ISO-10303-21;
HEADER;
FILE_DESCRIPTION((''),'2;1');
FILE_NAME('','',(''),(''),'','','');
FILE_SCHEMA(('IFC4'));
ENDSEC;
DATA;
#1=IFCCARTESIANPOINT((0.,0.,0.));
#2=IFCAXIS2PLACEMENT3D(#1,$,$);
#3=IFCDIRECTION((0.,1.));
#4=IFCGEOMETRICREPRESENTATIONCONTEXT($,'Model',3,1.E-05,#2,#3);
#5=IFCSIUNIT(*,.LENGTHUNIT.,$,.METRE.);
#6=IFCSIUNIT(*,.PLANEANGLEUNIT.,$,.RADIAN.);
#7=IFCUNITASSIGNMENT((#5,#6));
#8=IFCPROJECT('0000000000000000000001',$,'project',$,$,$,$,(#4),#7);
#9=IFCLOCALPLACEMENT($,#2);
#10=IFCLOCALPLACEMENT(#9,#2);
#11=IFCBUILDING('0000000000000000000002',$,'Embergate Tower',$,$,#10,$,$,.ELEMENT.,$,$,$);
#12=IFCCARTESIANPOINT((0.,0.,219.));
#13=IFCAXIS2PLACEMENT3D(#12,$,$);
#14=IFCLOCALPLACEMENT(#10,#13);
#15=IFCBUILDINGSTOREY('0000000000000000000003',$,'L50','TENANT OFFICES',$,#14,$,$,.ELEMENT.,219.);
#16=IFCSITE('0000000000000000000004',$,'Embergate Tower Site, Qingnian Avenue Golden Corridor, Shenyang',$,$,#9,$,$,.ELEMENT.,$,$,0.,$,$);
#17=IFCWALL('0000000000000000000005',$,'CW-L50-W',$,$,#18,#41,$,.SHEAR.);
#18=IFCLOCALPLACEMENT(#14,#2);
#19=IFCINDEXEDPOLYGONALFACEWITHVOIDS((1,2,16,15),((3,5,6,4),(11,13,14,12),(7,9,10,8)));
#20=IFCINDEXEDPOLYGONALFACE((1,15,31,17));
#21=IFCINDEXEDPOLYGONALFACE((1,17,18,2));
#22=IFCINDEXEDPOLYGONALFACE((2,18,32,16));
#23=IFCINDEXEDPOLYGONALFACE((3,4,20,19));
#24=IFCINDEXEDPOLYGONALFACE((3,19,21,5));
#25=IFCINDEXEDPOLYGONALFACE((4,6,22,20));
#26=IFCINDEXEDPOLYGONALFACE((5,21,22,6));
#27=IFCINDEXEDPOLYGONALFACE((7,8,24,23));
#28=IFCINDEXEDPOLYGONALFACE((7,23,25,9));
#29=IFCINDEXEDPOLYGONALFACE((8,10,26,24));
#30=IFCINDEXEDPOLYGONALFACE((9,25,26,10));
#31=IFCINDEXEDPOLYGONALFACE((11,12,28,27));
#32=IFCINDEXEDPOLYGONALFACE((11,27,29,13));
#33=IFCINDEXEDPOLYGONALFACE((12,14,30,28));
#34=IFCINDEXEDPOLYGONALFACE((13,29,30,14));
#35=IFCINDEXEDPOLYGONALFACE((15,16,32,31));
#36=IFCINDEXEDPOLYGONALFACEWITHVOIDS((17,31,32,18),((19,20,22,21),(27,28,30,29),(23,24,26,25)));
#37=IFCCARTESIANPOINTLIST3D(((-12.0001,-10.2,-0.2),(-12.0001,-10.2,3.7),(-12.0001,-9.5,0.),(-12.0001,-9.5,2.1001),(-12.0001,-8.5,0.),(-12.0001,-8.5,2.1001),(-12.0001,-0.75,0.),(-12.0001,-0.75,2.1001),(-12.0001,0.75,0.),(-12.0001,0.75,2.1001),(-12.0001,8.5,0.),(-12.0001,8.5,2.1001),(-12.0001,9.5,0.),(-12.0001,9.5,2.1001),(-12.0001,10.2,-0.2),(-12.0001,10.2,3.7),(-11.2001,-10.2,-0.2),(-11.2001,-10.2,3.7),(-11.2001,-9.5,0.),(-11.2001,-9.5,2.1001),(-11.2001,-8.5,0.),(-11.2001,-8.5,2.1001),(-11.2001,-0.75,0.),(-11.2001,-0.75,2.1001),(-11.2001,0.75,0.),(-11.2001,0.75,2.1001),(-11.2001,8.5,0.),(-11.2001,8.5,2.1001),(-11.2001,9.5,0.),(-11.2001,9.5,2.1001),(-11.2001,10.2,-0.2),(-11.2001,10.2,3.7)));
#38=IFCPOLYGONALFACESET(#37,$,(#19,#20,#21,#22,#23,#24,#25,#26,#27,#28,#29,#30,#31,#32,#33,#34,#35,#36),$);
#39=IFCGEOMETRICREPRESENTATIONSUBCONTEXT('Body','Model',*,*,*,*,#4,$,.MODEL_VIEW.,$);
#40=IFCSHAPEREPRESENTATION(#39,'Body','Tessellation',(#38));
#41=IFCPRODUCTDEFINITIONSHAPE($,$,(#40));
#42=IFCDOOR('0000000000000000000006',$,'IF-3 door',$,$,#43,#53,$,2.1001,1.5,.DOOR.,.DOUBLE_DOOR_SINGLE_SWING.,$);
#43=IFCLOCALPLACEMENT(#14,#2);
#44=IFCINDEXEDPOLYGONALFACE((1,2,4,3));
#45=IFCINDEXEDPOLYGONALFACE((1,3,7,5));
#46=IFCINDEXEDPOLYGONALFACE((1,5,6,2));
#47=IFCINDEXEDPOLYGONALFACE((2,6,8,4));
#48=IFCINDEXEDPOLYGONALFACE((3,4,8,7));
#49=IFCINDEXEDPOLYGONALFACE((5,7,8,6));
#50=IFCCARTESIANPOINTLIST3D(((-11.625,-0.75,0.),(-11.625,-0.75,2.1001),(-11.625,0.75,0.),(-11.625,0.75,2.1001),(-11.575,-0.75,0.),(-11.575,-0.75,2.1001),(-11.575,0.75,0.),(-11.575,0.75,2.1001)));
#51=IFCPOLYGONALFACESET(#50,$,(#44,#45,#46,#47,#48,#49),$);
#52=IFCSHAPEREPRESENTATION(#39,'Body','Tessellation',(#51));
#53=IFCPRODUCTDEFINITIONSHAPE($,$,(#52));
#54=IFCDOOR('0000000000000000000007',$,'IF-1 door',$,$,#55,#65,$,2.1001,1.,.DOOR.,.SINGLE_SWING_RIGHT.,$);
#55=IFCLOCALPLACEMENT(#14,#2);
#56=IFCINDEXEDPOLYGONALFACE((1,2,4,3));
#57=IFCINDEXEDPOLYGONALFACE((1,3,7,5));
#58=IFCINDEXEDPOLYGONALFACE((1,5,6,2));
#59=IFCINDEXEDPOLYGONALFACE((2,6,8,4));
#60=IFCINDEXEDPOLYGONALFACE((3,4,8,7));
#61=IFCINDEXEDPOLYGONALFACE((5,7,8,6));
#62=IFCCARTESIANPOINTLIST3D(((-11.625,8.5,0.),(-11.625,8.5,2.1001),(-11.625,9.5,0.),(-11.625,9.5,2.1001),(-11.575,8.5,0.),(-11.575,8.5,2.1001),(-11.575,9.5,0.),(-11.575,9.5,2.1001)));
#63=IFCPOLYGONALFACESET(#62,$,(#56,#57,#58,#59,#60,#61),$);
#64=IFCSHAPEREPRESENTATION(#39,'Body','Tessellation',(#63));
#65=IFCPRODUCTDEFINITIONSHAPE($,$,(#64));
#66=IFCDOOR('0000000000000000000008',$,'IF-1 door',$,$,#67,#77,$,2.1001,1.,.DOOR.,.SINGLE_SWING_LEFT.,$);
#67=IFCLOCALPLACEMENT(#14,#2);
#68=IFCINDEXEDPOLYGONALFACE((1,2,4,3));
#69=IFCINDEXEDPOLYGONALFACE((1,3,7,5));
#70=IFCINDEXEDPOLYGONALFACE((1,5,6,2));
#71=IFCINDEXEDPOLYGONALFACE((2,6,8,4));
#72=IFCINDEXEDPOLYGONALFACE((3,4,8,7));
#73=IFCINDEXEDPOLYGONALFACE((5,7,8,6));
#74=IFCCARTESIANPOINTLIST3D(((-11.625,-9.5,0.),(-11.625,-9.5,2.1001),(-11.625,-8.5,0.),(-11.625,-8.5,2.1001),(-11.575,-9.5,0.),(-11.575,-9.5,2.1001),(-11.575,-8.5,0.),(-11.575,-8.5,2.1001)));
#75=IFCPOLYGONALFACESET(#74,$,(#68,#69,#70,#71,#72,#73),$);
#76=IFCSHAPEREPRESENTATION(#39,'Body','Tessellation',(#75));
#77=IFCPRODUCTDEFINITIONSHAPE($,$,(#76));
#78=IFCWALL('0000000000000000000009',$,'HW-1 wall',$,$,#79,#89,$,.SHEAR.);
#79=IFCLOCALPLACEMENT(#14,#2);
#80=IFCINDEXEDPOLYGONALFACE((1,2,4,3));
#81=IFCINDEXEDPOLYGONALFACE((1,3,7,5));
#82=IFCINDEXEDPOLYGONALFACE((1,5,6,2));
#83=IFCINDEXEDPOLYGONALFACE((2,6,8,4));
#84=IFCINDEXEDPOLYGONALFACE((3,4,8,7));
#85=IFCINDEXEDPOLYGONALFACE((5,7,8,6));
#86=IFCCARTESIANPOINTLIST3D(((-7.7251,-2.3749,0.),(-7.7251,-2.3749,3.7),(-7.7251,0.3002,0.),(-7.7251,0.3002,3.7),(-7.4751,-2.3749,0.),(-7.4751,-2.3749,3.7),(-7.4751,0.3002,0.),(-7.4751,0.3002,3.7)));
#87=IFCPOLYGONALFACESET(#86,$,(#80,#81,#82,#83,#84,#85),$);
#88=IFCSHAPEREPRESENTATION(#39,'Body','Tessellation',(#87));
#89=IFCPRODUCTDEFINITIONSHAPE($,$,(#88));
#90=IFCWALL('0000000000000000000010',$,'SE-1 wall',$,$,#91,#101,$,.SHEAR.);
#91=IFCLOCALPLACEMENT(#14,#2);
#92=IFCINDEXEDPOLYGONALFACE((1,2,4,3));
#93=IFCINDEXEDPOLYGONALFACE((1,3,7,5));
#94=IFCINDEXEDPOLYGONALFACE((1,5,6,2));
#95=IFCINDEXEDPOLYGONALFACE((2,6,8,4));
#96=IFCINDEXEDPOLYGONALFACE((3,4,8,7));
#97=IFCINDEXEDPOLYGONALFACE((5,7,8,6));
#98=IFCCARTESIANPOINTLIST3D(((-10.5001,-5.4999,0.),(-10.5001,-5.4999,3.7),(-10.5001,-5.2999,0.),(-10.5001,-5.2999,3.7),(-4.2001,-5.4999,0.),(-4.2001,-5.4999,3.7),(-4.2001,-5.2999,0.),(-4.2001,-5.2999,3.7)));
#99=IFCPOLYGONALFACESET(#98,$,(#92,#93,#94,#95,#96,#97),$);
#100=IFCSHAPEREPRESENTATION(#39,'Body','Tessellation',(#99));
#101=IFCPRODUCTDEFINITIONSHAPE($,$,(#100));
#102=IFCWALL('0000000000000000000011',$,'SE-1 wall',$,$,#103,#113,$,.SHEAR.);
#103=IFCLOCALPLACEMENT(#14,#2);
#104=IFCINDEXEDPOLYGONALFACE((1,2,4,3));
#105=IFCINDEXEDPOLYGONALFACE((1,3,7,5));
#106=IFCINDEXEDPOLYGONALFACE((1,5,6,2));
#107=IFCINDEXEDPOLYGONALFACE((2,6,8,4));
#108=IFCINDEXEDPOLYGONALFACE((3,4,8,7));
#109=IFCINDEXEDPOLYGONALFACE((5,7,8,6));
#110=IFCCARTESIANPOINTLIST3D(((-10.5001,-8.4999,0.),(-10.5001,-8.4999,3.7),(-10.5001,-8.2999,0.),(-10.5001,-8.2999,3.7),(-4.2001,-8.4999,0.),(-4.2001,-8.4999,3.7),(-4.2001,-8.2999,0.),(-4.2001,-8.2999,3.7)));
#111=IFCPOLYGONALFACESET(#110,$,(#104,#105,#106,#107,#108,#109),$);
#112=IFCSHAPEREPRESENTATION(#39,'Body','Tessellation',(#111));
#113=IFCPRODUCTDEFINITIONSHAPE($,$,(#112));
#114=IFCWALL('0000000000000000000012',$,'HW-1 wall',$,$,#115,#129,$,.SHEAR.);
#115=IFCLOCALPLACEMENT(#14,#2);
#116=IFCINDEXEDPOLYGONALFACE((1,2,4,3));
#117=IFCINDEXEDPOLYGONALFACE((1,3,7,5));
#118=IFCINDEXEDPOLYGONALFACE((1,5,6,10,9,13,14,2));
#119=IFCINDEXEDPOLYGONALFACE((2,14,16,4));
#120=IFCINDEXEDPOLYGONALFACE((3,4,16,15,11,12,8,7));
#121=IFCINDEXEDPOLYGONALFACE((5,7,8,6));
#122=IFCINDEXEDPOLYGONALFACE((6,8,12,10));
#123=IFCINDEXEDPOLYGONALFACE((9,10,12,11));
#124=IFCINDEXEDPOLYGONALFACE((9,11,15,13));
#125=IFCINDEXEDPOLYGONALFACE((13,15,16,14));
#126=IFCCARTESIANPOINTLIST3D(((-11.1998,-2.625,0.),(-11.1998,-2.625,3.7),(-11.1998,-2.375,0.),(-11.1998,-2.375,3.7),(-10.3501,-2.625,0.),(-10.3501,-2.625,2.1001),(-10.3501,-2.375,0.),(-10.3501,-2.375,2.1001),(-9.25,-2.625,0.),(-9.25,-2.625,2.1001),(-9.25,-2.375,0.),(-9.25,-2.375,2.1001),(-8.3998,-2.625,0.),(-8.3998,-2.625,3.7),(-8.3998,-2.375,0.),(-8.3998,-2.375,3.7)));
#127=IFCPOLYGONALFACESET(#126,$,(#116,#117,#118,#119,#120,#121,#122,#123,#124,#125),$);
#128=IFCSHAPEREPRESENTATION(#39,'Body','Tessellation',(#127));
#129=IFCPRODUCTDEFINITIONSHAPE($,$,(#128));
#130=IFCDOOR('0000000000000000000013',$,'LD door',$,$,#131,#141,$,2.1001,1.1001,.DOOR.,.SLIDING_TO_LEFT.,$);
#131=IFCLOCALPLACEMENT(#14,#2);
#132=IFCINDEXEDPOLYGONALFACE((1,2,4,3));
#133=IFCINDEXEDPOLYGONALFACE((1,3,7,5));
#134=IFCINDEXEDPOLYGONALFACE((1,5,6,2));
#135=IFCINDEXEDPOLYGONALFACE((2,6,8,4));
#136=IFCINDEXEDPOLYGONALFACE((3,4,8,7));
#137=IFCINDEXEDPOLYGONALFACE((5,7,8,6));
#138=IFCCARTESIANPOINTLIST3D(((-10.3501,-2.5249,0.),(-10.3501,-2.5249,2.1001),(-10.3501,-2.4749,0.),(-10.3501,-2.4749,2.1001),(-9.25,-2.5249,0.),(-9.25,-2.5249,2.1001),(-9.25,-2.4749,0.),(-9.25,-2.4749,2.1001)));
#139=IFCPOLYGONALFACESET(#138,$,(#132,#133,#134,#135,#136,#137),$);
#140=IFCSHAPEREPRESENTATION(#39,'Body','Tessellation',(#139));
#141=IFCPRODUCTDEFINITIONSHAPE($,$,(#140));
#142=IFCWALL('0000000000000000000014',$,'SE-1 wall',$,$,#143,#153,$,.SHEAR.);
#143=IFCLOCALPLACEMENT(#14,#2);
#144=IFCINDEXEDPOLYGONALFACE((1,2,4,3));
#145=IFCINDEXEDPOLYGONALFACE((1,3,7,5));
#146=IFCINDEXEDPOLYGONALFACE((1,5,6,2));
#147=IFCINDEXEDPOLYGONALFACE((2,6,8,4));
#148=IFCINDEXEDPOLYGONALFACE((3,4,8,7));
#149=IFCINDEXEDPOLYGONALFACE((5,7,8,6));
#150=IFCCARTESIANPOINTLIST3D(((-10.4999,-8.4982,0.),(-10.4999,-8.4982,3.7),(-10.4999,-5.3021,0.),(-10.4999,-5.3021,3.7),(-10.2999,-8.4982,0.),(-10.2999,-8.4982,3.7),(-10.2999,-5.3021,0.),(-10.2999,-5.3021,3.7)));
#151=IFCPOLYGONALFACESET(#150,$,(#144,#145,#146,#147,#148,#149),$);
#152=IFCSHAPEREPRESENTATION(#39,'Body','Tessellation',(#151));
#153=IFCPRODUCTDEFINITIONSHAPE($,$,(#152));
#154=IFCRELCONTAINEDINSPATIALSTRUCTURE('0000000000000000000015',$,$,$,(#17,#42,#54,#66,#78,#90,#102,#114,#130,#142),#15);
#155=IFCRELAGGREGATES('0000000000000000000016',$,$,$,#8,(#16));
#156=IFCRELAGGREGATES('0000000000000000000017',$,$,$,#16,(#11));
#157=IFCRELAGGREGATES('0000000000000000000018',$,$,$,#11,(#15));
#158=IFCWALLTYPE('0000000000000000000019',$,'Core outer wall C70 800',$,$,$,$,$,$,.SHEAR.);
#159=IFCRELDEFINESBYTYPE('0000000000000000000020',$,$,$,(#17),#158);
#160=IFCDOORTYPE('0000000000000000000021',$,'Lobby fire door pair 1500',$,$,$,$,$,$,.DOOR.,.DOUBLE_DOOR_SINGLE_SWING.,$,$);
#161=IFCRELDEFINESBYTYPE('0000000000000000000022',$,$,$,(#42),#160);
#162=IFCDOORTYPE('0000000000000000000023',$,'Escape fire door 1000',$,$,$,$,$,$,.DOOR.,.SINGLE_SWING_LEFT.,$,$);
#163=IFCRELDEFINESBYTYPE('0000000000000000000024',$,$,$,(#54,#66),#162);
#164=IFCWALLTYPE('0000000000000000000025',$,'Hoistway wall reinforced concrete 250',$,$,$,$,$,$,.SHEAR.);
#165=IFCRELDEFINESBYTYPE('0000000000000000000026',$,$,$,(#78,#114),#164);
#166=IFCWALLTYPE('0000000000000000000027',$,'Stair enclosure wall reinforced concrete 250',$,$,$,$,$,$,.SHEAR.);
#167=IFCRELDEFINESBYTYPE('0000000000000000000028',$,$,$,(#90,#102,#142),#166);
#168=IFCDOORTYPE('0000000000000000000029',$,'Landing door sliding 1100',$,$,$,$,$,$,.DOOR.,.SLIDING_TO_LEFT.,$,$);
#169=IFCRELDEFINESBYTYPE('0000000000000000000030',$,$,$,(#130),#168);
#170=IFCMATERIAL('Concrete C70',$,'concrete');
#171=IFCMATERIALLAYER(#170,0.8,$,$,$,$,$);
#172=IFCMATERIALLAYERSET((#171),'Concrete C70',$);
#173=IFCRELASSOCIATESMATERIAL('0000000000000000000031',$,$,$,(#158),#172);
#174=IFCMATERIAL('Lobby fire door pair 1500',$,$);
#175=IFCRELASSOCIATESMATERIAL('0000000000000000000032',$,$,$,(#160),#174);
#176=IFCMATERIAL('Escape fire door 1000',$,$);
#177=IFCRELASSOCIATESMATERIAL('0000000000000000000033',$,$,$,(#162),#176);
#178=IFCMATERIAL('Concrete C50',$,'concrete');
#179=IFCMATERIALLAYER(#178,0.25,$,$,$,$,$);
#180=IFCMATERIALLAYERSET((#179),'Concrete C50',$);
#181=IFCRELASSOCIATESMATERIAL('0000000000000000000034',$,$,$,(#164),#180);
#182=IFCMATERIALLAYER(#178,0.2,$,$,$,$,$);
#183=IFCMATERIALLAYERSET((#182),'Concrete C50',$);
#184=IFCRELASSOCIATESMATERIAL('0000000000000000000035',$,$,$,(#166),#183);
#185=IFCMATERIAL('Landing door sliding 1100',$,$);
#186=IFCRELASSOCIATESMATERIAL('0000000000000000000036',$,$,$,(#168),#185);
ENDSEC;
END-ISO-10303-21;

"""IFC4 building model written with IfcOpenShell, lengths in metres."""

from ifc_helpers import new_model, si_unit, direction, frame, frame_2d, origin, place, context, subcontext, project, spatial, rectangle, extrude, source, transform, mapped, material, layer, layer_set, type_object, element, fill, save


model = new_model("IFC4")

# Units and contexts
model_context = context("Model", 3, precision=1e-05, world=origin(), true_north=direction((0.0, 1.0)))
body_context = subcontext(model_context, "Body", "Model", "MODEL_VIEW")
ifc_project = project(units=[si_unit("LENGTHUNIT", "METRE"), si_unit("PLANEANGLEUNIT", "RADIAN")], contexts=[model_context])

# Site, building, storey
site_placement = place(None, origin())
site = spatial("IfcSite", under=ifc_project, at=site_placement, Name="Embergate Tower Site, Qingnian Avenue Golden Corridor, Shenyang", CompositionType="ELEMENT", RefElevation=0.0)
building_placement = place(site_placement, origin())
building = spatial("IfcBuilding", under=site, at=building_placement, Name="Embergate Tower", CompositionType="ELEMENT")
storey_placement = place(building_placement, frame((0.0, 0.0, 219.0)))
storey = spatial("IfcBuildingStorey", under=building, at=storey_placement, Name="L50", Description="TENANT OFFICES", CompositionType="ELEMENT", Elevation=219.0)

# Wall, openings, doors
ifc_material_1 = material(Name="Concrete C70", Category="concrete")
ifc_layer_1 = layer(ifc_material_1, 0.8)
ifc_layer_set_1 = layer_set([ifc_layer_1], Name="Concrete C70")
wall_type_1 = type_object("IfcWallType", Name="Core outer wall C70 800", PredefinedType="SHEAR", material=ifc_layer_set_1)
shared_shape_1 = source(origin(), body_context, "Body", "SweptSolid", [
    extrude(rectangle(XDim=20.3999, YDim=0.8, at=frame_2d((10.2, 0.0))), origin(), (0.0, 0.0, 1.0), 3.8999),
])
wall_1_placement = place(storey_placement, frame((-11.6001, -10.2, -0.2), z_axis=(0.0, 0.0, 1.0), x_axis=(0.0, 1.0, 0.0)))
wall_1 = element("IfcWall", 1, at=wall_1_placement, inside=storey, type_object=wall_type_1, Name="CW-L50-W", PredefinedType="SHEAR", context=body_context, shape_type="MappedRepresentation", body=[
    mapped(shared_shape_1, transform((0.0, 0.0, 0.0))),
])
shared_shape_2 = source(origin(), body_context, "Body", "SweptSolid", [
    extrude(rectangle(XDim=1.0, YDim=2.1001, at=frame_2d((0.5, 1.05))), frame((0.0, 0.4099, 0.0), z_axis=(0.0, -1.0, 0.0), x_axis=(1.0, 0.0, 0.0)), (0.0, 0.0, 1.0), 0.8201),
])
opening_1_placement = place(wall_1_placement, frame((18.7, 0.0, 0.2)))
opening_1 = element("IfcOpeningElement", 2, at=opening_1_placement, cuts=wall_1, PredefinedType="OPENING", context=body_context, shape_type="MappedRepresentation", body=[
    mapped(shared_shape_2, transform((0.0, 0.0, 0.0))),
])
opening_2_placement = place(wall_1_placement, frame((0.7, 0.0, 0.2)))
opening_2 = element("IfcOpeningElement", 3, at=opening_2_placement, cuts=wall_1, PredefinedType="OPENING", context=body_context, shape_type="MappedRepresentation", body=[
    mapped(shared_shape_2, transform((0.0, 0.0, 0.0))),
])
shared_shape_3 = source(origin(), body_context, "Body", "SweptSolid", [
    extrude(rectangle(XDim=1.5, YDim=2.1001, at=frame_2d((0.75, 1.05))), frame((0.0, 0.4099, 0.0), z_axis=(0.0, -1.0, 0.0), x_axis=(1.0, 0.0, 0.0)), (0.0, 0.0, 1.0), 0.8201),
])
opening_3_placement = place(wall_1_placement, frame((9.45, 0.0, 0.2)))
opening_3 = element("IfcOpeningElement", 4, at=opening_3_placement, cuts=wall_1, PredefinedType="OPENING", context=body_context, shape_type="MappedRepresentation", body=[
    mapped(shared_shape_3, transform((0.0, 0.0, 0.0))),
])
ifc_material_2 = material(Name="Lobby fire door pair 1500")
door_type_1 = type_object("IfcDoorType", Name="Lobby fire door pair 1500", OperationType="DOUBLE_DOOR_SINGLE_SWING", PredefinedType="DOOR", material=ifc_material_2)
shared_shape_4 = source(origin(), body_context, "Body", "SweptSolid", [
    extrude(rectangle(XDim=1.5, YDim=2.1001, at=frame_2d((0.75, 1.05))), frame((0.0, 0.0249, 0.0), z_axis=(0.0, -1.0, 0.0), x_axis=(1.0, 0.0, 0.0)), (0.0, 0.0, 1.0), 0.05),
])
door_1_placement = place(opening_3_placement, origin())
door_1 = element("IfcDoor", 5, at=door_1_placement, inside=storey, type_object=door_type_1, Name="IF-3 door", OperationType="DOUBLE_DOOR_SINGLE_SWING", OverallHeight=2.1001, OverallWidth=1.5, PredefinedType="DOOR", context=body_context, shape_type="MappedRepresentation", body=[
    mapped(shared_shape_4, transform((0.0, 0.0, 0.0))),
])
fill(opening_3, door_1)
ifc_material_3 = material(Name="Escape fire door 1000")
door_type_2 = type_object("IfcDoorType", Name="Escape fire door 1000", OperationType="SINGLE_SWING_LEFT", PredefinedType="DOOR", material=ifc_material_3)
shared_shape_5 = source(origin(), body_context, "Body", "SweptSolid", [
    extrude(rectangle(XDim=1.0, YDim=2.1001, at=frame_2d((0.5, 1.05))), frame((0.0, 0.0249, 0.0), z_axis=(0.0, -1.0, 0.0), x_axis=(1.0, 0.0, 0.0)), (0.0, 0.0, 1.0), 0.05),
])
door_2_placement = place(opening_1_placement, origin())
door_2 = element("IfcDoor", 6, at=door_2_placement, inside=storey, type_object=door_type_2, Name="IF-1 door", OperationType="SINGLE_SWING_RIGHT", OverallHeight=2.1001, OverallWidth=1.0, PredefinedType="DOOR", context=body_context, shape_type="MappedRepresentation", body=[
    mapped(shared_shape_5, transform((0.0, 0.0, 0.0))),
])
fill(opening_1, door_2)
door_3_placement = place(opening_2_placement, origin())
door_3 = element("IfcDoor", 7, at=door_3_placement, inside=storey, type_object=door_type_2, Name="IF-1 door", OperationType="SINGLE_SWING_LEFT", OverallHeight=2.1001, OverallWidth=1.0, PredefinedType="DOOR", context=body_context, shape_type="MappedRepresentation", body=[
    mapped(shared_shape_5, transform((0.0, 0.0, 0.0))),
])
fill(opening_2, door_3)

# Walls
ifc_material_4 = material(Name="Concrete C50", Category="concrete")
ifc_layer_2 = layer(ifc_material_4, 0.25)
ifc_layer_set_2 = layer_set([ifc_layer_2], Name="Concrete C50")
wall_type_2 = type_object("IfcWallType", Name="Hoistway wall reinforced concrete 250", PredefinedType="SHEAR", material=ifc_layer_set_2)
shared_shape_6 = source(origin(), body_context, "Body", "SweptSolid", [
    extrude(rectangle(XDim=2.675, YDim=0.25, at=frame_2d((1.3374, 0.0))), origin(), (0.0, 0.0, 1.0), 3.7),
])
wall_2_placement = place(storey_placement, frame((-7.6001, 0.3, 0.0), z_axis=(0.0, 0.0, 1.0), x_axis=(0.0, -1.0, 0.0)))
element("IfcWall", 8, at=wall_2_placement, inside=storey, type_object=wall_type_2, Name="HW-1 wall", PredefinedType="SHEAR", context=body_context, shape_type="MappedRepresentation", body=[
    mapped(shared_shape_6, transform((0.0, 0.0, 0.0))),
])
ifc_layer_3 = layer(ifc_material_4, 0.2)
ifc_layer_set_3 = layer_set([ifc_layer_3], Name="Concrete C50")
wall_type_3 = type_object("IfcWallType", Name="Stair enclosure wall reinforced concrete 250", PredefinedType="SHEAR", material=ifc_layer_set_3)
shared_shape_7 = source(origin(), body_context, "Body", "SweptSolid", [
    extrude(rectangle(XDim=6.3, YDim=0.2, at=frame_2d((3.1499, 0.0))), origin(), (0.0, 0.0, 1.0), 3.7),
])
for number, where, z_axis, x_axis, name in (
    (9, (-10.5, -5.3999, 0.0), (0.0, 0.0, 1.0), (1.0, 0.0, 0.0), "SE-1 wall"),
    (10, (-10.5, -8.3999, 0.0), (0.0, 0.0, 1.0), (1.0, 0.0, 0.0), "SE-1 wall"),
):
    element("IfcWall", number, at=place(storey_placement, frame(where, z_axis=z_axis, x_axis=x_axis)), inside=storey, type_object=wall_type_3, Name=name, PredefinedType="SHEAR", context=body_context, shape_type="MappedRepresentation", body=[
        mapped(shared_shape_7, transform((0.0, 0.0, 0.0))),
    ])

# Wall, opening, door
shared_shape_8 = source(origin(), body_context, "Body", "SweptSolid", [
    extrude(rectangle(XDim=2.8, YDim=0.25, at=frame_2d((1.3999, 0.0))), origin(), (0.0, 0.0, 1.0), 3.7),
])
wall_3_placement = place(storey_placement, frame((-8.3999, -2.5, 0.0), z_axis=(0.0, 0.0, 1.0), x_axis=(-1.0, 0.0, 0.0)))
wall_3 = element("IfcWall", 11, at=wall_3_placement, inside=storey, type_object=wall_type_2, Name="HW-1 wall", PredefinedType="SHEAR", context=body_context, shape_type="MappedRepresentation", body=[
    mapped(shared_shape_8, transform((0.0, 0.0, 0.0))),
])
shared_shape_9 = source(origin(), body_context, "Body", "SweptSolid", [
    extrude(rectangle(XDim=1.1001, YDim=2.1001, at=frame_2d((0.55, 1.05))), frame((0.0, 0.135, 0.0), z_axis=(0.0, -1.0, 0.0), x_axis=(1.0, 0.0, 0.0)), (0.0, 0.0, 1.0), 0.27),
])
opening_4_placement = place(wall_3_placement, frame((0.8501, 0.0, 0.0)))
opening_4 = element("IfcOpeningElement", 12, at=opening_4_placement, cuts=wall_3, PredefinedType="OPENING", context=body_context, shape_type="MappedRepresentation", body=[
    mapped(shared_shape_9, transform((0.0, 0.0, 0.0))),
])
ifc_material_5 = material(Name="Landing door sliding 1100")
door_type_3 = type_object("IfcDoorType", Name="Landing door sliding 1100", OperationType="SLIDING_TO_LEFT", PredefinedType="DOOR", material=ifc_material_5)
shared_shape_10 = source(origin(), body_context, "Body", "SweptSolid", [
    extrude(rectangle(XDim=1.1001, YDim=2.1001, at=frame_2d((0.55, 1.05))), frame((0.0, 0.0249, 0.0), z_axis=(0.0, -1.0, 0.0), x_axis=(1.0, 0.0, 0.0)), (0.0, 0.0, 1.0), 0.05),
])
door_4_placement = place(opening_4_placement, origin())
door_4 = element("IfcDoor", 13, at=door_4_placement, inside=storey, type_object=door_type_3, Name="LD door", OperationType="SLIDING_TO_LEFT", OverallHeight=2.1001, OverallWidth=1.1001, PredefinedType="DOOR", context=body_context, shape_type="MappedRepresentation", body=[
    mapped(shared_shape_10, transform((0.0, 0.0, 0.0))),
])
fill(opening_4, door_4)

# Wall
shared_shape_11 = source(origin(), body_context, "Body", "SweptSolid", [
    extrude(rectangle(XDim=3.196, YDim=0.2, at=frame_2d((1.5981, 0.0))), origin(), (0.0, 0.0, 1.0), 3.7),
])
wall_4_placement = place(storey_placement, frame((-10.3999, -5.302, 0.0), z_axis=(0.0, 0.0, 1.0), x_axis=(0.0, -1.0, 0.0)))
element("IfcWall", 14, at=wall_4_placement, inside=storey, type_object=wall_type_3, Name="SE-1 wall", PredefinedType="SHEAR", context=body_context, shape_type="MappedRepresentation", body=[
    mapped(shared_shape_11, transform((0.0, 0.0, 0.0))),
])

save(model, "model.ifc")
